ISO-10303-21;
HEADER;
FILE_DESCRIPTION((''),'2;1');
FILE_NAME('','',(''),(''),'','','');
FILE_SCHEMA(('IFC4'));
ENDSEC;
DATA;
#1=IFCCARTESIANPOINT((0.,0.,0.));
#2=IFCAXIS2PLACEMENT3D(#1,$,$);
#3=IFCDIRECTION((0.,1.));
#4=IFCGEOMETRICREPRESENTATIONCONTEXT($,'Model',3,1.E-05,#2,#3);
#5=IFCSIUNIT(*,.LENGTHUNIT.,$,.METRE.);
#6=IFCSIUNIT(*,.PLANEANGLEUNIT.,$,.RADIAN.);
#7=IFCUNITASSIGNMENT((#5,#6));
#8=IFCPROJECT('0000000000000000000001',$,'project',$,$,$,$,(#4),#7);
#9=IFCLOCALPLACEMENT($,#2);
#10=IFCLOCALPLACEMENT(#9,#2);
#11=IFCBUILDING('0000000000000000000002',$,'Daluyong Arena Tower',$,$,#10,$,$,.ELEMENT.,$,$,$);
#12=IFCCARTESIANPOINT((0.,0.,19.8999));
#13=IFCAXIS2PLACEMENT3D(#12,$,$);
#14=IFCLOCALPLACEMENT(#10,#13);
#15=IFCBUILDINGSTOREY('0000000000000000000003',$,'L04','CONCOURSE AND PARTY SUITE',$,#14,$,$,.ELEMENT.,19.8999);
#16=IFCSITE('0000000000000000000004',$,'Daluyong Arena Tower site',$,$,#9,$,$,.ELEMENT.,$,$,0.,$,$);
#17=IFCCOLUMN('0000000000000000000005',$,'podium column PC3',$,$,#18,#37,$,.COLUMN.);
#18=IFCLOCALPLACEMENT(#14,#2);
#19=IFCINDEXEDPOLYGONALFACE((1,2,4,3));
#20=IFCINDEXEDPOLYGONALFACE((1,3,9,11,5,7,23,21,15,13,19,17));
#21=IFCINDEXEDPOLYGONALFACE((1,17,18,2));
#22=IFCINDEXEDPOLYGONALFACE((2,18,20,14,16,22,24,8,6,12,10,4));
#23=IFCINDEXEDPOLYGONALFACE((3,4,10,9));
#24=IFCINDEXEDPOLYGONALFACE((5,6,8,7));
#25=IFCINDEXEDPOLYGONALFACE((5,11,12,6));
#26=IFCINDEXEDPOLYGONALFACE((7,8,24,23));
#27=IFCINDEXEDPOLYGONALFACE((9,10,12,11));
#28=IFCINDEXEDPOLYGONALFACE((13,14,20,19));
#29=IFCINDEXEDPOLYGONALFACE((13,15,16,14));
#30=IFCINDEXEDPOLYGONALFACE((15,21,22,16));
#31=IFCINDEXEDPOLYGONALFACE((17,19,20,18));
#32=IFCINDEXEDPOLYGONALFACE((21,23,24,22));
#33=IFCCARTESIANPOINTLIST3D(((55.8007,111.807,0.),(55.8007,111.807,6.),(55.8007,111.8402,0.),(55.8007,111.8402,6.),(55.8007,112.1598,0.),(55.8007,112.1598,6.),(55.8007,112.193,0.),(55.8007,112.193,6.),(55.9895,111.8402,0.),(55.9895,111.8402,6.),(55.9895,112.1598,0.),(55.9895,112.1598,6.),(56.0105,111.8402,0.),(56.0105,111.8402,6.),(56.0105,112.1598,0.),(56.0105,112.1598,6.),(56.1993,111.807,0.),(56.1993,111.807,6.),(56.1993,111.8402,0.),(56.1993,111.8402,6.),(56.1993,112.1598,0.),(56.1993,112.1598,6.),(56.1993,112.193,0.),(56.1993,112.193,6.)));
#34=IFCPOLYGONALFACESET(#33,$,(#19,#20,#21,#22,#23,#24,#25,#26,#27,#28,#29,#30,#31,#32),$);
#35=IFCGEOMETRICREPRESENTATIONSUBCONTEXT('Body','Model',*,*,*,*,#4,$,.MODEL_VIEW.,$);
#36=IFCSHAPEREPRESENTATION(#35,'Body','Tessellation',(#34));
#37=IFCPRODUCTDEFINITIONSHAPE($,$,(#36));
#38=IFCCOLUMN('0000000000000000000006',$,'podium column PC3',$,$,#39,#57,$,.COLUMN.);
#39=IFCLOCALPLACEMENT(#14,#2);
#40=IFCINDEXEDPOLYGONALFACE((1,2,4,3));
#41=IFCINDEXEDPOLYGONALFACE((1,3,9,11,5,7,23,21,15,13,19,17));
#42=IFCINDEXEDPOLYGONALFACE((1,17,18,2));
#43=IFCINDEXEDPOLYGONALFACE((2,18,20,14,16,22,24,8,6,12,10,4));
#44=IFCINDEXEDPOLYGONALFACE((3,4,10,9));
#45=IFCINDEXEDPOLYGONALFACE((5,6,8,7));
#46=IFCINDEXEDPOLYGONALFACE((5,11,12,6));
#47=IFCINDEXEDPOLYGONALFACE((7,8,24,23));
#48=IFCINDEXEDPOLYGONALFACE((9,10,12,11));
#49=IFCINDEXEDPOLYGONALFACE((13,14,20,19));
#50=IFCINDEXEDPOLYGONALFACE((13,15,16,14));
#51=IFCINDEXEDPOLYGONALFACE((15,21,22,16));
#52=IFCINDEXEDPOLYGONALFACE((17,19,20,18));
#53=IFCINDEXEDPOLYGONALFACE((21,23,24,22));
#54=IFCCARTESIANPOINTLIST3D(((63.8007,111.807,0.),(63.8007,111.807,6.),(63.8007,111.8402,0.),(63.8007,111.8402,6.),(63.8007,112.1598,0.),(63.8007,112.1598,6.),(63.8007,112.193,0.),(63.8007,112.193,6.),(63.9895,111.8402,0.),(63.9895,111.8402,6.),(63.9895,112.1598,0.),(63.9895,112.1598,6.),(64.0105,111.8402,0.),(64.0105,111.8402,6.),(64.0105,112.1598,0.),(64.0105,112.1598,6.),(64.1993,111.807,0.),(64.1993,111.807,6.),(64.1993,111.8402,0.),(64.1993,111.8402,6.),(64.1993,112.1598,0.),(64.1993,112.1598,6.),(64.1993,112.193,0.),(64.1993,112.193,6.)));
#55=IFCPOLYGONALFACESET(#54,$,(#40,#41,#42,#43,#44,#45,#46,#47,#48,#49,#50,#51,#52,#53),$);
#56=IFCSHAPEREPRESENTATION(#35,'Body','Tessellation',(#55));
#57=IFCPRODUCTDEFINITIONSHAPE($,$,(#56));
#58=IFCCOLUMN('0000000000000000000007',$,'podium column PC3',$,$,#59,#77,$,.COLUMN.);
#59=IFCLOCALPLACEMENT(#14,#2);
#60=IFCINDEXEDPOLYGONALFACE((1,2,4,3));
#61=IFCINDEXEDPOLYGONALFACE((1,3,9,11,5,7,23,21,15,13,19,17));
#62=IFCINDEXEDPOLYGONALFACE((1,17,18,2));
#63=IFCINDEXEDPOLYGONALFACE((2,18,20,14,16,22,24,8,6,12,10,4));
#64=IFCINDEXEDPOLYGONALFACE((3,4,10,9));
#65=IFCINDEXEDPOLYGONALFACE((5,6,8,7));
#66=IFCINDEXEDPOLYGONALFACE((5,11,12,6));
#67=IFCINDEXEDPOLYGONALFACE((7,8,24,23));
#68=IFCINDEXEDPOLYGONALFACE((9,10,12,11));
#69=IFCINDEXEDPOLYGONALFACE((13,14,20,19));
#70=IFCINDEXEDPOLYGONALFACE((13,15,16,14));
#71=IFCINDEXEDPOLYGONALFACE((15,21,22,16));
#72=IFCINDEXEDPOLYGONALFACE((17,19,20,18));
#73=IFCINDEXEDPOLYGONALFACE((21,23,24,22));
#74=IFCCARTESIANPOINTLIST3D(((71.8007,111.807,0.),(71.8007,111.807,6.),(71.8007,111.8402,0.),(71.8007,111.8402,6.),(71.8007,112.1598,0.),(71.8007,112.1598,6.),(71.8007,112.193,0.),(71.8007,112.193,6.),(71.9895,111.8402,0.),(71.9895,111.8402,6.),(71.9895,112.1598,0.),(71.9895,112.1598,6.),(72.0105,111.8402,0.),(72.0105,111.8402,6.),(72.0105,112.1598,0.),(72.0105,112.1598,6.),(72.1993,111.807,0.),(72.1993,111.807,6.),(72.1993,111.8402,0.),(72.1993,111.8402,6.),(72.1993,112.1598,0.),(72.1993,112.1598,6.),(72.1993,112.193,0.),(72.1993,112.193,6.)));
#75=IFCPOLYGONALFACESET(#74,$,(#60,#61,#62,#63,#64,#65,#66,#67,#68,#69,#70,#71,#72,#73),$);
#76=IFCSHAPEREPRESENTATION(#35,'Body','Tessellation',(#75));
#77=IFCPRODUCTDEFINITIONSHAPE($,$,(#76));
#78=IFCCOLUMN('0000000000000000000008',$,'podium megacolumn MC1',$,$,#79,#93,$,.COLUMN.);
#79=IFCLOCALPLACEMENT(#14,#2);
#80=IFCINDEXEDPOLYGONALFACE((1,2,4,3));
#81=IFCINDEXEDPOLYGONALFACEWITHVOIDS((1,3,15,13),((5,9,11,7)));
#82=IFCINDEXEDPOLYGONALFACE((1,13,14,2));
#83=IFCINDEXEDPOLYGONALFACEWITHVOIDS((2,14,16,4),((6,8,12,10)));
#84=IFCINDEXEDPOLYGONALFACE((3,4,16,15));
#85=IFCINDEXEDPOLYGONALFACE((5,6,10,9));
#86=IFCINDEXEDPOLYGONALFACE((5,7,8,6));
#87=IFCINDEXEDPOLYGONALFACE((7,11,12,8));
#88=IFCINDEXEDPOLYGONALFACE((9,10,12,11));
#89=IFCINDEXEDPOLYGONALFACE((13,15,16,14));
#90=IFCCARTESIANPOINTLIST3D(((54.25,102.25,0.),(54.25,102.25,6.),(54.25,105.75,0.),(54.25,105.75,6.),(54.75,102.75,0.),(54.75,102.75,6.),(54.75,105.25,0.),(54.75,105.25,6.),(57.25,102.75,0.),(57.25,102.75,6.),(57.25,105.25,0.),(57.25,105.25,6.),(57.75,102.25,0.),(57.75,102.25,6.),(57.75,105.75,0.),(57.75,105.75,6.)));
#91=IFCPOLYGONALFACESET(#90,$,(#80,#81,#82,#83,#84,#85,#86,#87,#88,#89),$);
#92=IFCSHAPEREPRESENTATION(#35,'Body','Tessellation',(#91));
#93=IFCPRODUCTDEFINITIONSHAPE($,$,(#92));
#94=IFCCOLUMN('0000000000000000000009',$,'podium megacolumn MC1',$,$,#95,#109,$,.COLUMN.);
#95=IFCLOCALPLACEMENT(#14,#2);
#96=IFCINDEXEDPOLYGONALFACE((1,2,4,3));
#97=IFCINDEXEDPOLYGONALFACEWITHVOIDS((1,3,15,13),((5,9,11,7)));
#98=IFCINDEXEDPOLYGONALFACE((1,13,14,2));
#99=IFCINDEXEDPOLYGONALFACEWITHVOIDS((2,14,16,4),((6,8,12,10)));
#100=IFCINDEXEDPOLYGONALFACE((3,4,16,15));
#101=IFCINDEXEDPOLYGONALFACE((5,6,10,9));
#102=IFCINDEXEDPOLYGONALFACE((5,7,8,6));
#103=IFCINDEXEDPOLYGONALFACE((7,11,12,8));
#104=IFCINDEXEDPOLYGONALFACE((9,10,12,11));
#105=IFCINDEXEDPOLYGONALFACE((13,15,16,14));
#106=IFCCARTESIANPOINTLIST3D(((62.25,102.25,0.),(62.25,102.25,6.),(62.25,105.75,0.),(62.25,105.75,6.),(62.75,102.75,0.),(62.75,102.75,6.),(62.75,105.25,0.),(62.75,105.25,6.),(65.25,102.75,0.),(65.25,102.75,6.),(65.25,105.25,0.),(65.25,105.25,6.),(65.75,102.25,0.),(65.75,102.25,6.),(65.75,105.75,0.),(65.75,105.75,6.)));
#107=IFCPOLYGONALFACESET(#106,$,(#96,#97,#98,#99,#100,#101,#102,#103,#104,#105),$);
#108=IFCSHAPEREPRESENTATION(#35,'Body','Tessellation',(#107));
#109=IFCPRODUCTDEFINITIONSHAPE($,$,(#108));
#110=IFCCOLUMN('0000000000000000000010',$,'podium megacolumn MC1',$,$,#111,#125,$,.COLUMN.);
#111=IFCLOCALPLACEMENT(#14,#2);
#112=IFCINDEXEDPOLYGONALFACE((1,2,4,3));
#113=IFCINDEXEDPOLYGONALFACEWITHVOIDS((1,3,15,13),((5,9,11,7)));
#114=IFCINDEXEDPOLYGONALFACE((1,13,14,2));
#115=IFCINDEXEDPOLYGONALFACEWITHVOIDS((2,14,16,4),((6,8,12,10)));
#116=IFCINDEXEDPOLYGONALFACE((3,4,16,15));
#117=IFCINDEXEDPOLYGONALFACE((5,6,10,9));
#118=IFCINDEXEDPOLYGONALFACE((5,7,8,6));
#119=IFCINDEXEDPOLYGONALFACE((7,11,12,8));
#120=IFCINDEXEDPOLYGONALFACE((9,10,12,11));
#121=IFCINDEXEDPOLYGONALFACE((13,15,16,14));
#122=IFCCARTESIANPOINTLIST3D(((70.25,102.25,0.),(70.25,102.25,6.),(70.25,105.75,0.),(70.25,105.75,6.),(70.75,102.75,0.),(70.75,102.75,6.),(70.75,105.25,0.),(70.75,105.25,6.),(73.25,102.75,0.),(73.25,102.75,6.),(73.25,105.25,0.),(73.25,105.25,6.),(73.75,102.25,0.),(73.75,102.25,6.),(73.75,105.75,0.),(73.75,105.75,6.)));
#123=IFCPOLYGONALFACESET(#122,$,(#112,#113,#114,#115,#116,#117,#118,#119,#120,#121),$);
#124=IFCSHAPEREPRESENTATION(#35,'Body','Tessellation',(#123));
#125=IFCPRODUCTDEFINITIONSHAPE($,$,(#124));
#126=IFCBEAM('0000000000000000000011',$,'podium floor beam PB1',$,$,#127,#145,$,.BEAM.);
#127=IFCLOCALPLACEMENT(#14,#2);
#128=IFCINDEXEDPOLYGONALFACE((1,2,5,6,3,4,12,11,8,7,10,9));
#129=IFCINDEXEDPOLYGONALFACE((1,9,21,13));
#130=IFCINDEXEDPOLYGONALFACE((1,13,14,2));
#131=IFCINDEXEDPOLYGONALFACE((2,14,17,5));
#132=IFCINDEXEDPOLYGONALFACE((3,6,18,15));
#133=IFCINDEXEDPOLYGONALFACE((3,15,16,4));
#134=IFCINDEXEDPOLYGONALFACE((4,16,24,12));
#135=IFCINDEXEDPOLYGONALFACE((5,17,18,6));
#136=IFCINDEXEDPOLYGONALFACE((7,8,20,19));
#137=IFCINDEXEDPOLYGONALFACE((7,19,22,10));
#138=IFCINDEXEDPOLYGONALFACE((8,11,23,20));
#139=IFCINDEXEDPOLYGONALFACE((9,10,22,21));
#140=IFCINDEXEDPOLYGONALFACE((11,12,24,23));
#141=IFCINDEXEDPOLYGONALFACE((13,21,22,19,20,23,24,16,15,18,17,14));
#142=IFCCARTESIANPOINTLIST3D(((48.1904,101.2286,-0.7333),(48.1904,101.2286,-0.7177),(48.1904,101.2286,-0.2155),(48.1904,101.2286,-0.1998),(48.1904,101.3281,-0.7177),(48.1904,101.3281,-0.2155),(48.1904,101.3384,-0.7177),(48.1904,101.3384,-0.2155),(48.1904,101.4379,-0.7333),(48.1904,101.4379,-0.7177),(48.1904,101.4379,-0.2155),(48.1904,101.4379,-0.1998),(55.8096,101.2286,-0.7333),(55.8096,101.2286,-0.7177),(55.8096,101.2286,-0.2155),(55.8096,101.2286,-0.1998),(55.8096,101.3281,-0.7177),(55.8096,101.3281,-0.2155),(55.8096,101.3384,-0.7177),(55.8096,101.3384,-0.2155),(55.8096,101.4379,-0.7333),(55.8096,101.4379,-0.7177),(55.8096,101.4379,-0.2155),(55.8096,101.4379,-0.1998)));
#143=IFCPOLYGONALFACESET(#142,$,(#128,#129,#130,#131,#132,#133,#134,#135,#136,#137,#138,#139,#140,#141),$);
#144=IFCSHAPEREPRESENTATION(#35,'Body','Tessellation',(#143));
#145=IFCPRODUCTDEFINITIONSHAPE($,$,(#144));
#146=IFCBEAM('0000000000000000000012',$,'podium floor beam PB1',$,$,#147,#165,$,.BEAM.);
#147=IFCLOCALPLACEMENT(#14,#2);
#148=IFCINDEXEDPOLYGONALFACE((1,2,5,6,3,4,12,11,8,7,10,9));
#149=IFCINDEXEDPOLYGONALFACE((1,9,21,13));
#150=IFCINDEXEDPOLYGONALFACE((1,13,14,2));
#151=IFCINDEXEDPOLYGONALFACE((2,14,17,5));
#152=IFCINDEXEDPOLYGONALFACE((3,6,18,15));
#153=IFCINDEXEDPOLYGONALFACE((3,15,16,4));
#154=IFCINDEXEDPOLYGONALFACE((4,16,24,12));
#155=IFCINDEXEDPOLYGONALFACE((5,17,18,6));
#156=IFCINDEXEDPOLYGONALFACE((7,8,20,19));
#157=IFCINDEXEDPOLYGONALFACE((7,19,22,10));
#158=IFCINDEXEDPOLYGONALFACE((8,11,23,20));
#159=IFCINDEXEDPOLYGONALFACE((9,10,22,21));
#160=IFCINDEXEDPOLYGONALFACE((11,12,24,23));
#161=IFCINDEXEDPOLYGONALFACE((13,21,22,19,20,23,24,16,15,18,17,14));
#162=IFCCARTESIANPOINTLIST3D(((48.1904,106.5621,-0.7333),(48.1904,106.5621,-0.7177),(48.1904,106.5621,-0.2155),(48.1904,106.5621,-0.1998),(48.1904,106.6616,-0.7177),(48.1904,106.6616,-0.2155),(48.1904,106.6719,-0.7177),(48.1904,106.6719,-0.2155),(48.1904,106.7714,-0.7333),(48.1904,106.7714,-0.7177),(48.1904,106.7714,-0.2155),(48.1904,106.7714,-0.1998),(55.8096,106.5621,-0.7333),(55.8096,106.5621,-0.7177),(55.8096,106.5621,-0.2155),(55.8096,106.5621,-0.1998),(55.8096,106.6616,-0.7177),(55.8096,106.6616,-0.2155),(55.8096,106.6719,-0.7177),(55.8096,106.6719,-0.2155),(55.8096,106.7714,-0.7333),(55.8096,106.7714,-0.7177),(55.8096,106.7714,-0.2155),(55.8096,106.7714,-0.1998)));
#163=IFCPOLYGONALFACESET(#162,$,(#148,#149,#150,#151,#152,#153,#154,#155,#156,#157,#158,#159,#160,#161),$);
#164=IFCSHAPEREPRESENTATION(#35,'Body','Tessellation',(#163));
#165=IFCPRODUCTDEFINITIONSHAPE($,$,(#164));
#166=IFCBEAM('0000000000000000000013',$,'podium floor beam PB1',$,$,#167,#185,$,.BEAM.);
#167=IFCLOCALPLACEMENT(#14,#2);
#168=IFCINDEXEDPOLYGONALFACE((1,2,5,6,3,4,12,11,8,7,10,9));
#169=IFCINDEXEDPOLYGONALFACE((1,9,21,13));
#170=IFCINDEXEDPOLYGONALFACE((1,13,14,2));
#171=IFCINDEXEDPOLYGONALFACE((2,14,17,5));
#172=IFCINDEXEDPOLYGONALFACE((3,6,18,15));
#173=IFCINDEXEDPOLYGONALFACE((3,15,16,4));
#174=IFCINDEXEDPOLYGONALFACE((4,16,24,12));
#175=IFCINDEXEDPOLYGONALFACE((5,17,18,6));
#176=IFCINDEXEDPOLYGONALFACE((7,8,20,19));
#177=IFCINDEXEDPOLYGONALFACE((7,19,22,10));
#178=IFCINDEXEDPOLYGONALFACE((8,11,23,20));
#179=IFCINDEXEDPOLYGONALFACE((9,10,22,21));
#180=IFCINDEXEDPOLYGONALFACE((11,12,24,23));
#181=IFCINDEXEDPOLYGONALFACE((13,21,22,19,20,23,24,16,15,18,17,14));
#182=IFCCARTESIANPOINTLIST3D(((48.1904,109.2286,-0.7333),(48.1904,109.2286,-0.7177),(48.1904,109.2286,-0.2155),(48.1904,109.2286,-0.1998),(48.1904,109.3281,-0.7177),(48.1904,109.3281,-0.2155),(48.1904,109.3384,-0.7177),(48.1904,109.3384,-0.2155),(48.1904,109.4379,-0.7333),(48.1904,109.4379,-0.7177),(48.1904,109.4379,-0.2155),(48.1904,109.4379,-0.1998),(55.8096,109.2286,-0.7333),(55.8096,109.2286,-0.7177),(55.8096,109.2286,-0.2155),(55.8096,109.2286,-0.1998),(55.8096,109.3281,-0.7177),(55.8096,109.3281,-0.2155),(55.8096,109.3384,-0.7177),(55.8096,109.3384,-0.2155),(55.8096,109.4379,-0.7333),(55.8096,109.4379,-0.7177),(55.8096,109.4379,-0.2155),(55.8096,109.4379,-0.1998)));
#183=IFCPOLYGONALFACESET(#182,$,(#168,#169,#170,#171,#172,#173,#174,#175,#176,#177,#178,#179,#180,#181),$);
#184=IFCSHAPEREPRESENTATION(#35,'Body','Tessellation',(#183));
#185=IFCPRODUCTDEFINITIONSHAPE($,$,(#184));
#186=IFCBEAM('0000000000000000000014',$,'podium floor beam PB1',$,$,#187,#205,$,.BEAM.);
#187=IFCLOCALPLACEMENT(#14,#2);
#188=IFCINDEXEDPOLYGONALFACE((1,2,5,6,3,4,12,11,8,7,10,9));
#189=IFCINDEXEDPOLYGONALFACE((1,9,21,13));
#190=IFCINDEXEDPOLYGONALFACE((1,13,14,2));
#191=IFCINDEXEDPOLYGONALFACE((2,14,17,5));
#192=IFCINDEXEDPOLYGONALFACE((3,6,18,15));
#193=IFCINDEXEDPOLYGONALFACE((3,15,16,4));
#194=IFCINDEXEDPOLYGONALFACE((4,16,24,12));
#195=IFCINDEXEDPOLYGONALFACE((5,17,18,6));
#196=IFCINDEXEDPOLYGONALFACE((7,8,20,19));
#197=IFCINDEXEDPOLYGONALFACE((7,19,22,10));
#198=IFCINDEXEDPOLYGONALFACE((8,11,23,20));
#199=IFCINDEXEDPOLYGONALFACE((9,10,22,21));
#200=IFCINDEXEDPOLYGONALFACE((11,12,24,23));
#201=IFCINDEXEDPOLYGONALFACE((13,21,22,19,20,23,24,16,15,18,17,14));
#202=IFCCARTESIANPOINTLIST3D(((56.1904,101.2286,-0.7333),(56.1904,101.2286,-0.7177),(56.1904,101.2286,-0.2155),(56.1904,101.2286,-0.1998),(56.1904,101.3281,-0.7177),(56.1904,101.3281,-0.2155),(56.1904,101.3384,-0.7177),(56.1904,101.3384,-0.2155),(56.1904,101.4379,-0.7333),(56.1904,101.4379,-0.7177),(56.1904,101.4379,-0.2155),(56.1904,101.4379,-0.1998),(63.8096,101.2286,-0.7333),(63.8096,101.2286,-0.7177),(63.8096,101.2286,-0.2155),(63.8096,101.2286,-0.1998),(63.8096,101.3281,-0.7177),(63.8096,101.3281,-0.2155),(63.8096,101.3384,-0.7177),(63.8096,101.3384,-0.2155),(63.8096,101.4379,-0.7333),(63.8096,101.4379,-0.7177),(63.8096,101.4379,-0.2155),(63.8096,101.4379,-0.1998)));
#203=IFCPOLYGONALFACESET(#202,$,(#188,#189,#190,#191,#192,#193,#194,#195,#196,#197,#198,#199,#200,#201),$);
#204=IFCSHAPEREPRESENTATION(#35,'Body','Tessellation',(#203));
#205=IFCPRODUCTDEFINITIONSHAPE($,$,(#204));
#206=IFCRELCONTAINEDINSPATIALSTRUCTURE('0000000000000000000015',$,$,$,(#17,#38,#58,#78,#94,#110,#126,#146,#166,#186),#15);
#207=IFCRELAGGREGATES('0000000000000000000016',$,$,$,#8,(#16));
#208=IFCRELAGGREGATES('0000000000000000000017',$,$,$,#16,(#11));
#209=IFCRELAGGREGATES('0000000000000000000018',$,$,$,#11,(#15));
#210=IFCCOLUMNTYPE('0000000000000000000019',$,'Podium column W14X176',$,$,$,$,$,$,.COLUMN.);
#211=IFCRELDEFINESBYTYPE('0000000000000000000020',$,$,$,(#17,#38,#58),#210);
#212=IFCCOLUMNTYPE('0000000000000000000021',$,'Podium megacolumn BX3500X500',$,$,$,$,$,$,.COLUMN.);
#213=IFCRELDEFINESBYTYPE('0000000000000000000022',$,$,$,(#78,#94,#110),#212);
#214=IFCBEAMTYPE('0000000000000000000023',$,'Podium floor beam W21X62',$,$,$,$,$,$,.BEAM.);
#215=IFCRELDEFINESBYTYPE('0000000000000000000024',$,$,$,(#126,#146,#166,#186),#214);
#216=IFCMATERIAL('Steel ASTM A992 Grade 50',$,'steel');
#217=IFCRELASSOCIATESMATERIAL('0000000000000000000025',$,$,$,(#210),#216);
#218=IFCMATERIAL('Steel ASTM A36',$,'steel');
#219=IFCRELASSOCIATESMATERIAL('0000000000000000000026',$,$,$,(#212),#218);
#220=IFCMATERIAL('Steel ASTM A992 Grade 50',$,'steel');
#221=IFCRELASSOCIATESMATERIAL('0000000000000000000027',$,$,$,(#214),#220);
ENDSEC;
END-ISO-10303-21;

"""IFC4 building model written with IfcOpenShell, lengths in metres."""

from ifc_helpers import new_model, si_unit, direction, frame, origin, origin_2d, place, context, subcontext, project, spatial, hollow_rectangle, i_section, extrude, material, material_profile, profile_set, type_object, element, save


model = new_model("IFC4")

# Units and contexts
model_context = context("Model", 3, precision=1e-05, world=origin(), true_north=direction((0.0, 1.0)))
body_context = subcontext(model_context, "Body", "Model", "MODEL_VIEW")
ifc_project = project(units=[si_unit("LENGTHUNIT", "METRE"), si_unit("PLANEANGLEUNIT", "RADIAN")], contexts=[model_context])

# Site, building, storey
site_placement = place(None, origin())
site = spatial("IfcSite", under=ifc_project, at=site_placement, Name="Daluyong Arena Tower site", CompositionType="ELEMENT", RefElevation=0.0)
building_placement = place(site_placement, origin())
building = spatial("IfcBuilding", under=site, at=building_placement, Name="Daluyong Arena Tower", CompositionType="ELEMENT")
storey_placement = place(building_placement, frame((0.0, 0.0, 19.8999)))
storey = spatial("IfcBuildingStorey", under=building, at=storey_placement, Name="L04", Description="CONCOURSE AND PARTY SUITE", CompositionType="ELEMENT", Elevation=19.8999)

# Columns
ifc_material_1 = material(Name="Steel ASTM A992 Grade 50", Category="steel")
ifc_material_profile_1 = material_profile(ifc_material_1, i_section(OverallWidth=0.3987, OverallDepth=0.386, WebThickness=0.021, FlangeThickness=0.0332, at=origin_2d()))
ifc_profile_set_1 = profile_set([ifc_material_profile_1], Name="Steel ASTM A992 Grade 50")
column_type_1 = type_object("IfcColumnType", Name="Podium column W14X176", PredefinedType="COLUMN", material=ifc_profile_set_1)
for number, where, z_axis, x_axis, name in (
    (1, (56.0, 112.0, 0.0), (0.0, 0.0, 1.0), (1.0, 0.0, 0.0), "podium column PC3"),
    (2, (64.0, 112.0, 0.0), (0.0, 0.0, 1.0), (1.0, 0.0, 0.0), "podium column PC3"),
    (3, (72.0, 112.0, 0.0), (0.0, 0.0, 1.0), (1.0, 0.0, 0.0), "podium column PC3"),
):
    element("IfcColumn", number, at=place(storey_placement, frame(where, z_axis=z_axis, x_axis=x_axis)), inside=storey, type_object=column_type_1, Name=name, PredefinedType="COLUMN", context=body_context, shape_type="SweptSolid", body=[
        extrude(i_section(OverallWidth=0.3987, OverallDepth=0.386, WebThickness=0.021, FlangeThickness=0.0332, at=origin_2d()), origin(), (0.0, 0.0, 1.0), 6.0),
    ])
ifc_material_2 = material(Name="Steel ASTM A36", Category="steel")
ifc_material_profile_2 = material_profile(ifc_material_2, hollow_rectangle(XDim=3.5, YDim=3.5, WallThickness=0.5, at=origin_2d()))
ifc_profile_set_2 = profile_set([ifc_material_profile_2], Name="Steel ASTM A36")
column_type_2 = type_object("IfcColumnType", Name="Podium megacolumn BX3500X500", PredefinedType="COLUMN", material=ifc_profile_set_2)
for number, where, z_axis, x_axis, name in (
    (4, (56.0, 104.0, 0.0), (0.0, 0.0, 1.0), (1.0, 0.0, 0.0), "podium megacolumn MC1"),
    (5, (64.0, 104.0, 0.0), (0.0, 0.0, 1.0), (1.0, 0.0, 0.0), "podium megacolumn MC1"),
    (6, (72.0, 104.0, 0.0), (0.0, 0.0, 1.0), (1.0, 0.0, 0.0), "podium megacolumn MC1"),
):
    element("IfcColumn", number, at=place(storey_placement, frame(where, z_axis=z_axis, x_axis=x_axis)), inside=storey, type_object=column_type_2, Name=name, PredefinedType="COLUMN", context=body_context, shape_type="SweptSolid", body=[
        extrude(hollow_rectangle(XDim=3.5, YDim=3.5, WallThickness=0.5, at=origin_2d()), origin(), (0.0, 0.0, 1.0), 6.0),
    ])

# Beams
ifc_material_3 = material(Name="Steel ASTM A992 Grade 50", Category="steel")
ifc_material_profile_3 = material_profile(ifc_material_3, i_section(OverallWidth=0.2092, OverallDepth=0.5334, WebThickness=0.0103, FlangeThickness=0.0156, at=origin_2d()))
ifc_profile_set_3 = profile_set([ifc_material_profile_3], Name="Steel ASTM A992 Grade 50")
beam_type_1 = type_object("IfcBeamType", Name="Podium floor beam W21X62", PredefinedType="BEAM", material=ifc_profile_set_3)
for number, where, z_axis, x_axis, name in (
    (7, (48.1904, 101.3333, -0.4666), (1.0, 0.0, 0.0), (0.0, 1.0, 0.0), "podium floor beam PB1"),
    (8, (48.1904, 106.6667, -0.4666), (1.0, 0.0, 0.0), (0.0, 1.0, 0.0), "podium floor beam PB1"),
    (9, (48.1904, 109.3333, -0.4666), (1.0, 0.0, 0.0), (0.0, 1.0, 0.0), "podium floor beam PB1"),
    (10, (56.1904, 101.3333, -0.4666), (1.0, 0.0, 0.0), (0.0, 1.0, 0.0), "podium floor beam PB1"),
):
    element("IfcBeam", number, at=place(storey_placement, frame(where, z_axis=z_axis, x_axis=x_axis)), inside=storey, type_object=beam_type_1, Name=name, PredefinedType="BEAM", context=body_context, shape_type="SweptSolid", body=[
        extrude(i_section(OverallWidth=0.2092, OverallDepth=0.5334, WebThickness=0.0103, FlangeThickness=0.0156, at=origin_2d()), origin(), (0.0, 0.0, 1.0), 7.6191),
    ])

save(model, "model.ifc")
